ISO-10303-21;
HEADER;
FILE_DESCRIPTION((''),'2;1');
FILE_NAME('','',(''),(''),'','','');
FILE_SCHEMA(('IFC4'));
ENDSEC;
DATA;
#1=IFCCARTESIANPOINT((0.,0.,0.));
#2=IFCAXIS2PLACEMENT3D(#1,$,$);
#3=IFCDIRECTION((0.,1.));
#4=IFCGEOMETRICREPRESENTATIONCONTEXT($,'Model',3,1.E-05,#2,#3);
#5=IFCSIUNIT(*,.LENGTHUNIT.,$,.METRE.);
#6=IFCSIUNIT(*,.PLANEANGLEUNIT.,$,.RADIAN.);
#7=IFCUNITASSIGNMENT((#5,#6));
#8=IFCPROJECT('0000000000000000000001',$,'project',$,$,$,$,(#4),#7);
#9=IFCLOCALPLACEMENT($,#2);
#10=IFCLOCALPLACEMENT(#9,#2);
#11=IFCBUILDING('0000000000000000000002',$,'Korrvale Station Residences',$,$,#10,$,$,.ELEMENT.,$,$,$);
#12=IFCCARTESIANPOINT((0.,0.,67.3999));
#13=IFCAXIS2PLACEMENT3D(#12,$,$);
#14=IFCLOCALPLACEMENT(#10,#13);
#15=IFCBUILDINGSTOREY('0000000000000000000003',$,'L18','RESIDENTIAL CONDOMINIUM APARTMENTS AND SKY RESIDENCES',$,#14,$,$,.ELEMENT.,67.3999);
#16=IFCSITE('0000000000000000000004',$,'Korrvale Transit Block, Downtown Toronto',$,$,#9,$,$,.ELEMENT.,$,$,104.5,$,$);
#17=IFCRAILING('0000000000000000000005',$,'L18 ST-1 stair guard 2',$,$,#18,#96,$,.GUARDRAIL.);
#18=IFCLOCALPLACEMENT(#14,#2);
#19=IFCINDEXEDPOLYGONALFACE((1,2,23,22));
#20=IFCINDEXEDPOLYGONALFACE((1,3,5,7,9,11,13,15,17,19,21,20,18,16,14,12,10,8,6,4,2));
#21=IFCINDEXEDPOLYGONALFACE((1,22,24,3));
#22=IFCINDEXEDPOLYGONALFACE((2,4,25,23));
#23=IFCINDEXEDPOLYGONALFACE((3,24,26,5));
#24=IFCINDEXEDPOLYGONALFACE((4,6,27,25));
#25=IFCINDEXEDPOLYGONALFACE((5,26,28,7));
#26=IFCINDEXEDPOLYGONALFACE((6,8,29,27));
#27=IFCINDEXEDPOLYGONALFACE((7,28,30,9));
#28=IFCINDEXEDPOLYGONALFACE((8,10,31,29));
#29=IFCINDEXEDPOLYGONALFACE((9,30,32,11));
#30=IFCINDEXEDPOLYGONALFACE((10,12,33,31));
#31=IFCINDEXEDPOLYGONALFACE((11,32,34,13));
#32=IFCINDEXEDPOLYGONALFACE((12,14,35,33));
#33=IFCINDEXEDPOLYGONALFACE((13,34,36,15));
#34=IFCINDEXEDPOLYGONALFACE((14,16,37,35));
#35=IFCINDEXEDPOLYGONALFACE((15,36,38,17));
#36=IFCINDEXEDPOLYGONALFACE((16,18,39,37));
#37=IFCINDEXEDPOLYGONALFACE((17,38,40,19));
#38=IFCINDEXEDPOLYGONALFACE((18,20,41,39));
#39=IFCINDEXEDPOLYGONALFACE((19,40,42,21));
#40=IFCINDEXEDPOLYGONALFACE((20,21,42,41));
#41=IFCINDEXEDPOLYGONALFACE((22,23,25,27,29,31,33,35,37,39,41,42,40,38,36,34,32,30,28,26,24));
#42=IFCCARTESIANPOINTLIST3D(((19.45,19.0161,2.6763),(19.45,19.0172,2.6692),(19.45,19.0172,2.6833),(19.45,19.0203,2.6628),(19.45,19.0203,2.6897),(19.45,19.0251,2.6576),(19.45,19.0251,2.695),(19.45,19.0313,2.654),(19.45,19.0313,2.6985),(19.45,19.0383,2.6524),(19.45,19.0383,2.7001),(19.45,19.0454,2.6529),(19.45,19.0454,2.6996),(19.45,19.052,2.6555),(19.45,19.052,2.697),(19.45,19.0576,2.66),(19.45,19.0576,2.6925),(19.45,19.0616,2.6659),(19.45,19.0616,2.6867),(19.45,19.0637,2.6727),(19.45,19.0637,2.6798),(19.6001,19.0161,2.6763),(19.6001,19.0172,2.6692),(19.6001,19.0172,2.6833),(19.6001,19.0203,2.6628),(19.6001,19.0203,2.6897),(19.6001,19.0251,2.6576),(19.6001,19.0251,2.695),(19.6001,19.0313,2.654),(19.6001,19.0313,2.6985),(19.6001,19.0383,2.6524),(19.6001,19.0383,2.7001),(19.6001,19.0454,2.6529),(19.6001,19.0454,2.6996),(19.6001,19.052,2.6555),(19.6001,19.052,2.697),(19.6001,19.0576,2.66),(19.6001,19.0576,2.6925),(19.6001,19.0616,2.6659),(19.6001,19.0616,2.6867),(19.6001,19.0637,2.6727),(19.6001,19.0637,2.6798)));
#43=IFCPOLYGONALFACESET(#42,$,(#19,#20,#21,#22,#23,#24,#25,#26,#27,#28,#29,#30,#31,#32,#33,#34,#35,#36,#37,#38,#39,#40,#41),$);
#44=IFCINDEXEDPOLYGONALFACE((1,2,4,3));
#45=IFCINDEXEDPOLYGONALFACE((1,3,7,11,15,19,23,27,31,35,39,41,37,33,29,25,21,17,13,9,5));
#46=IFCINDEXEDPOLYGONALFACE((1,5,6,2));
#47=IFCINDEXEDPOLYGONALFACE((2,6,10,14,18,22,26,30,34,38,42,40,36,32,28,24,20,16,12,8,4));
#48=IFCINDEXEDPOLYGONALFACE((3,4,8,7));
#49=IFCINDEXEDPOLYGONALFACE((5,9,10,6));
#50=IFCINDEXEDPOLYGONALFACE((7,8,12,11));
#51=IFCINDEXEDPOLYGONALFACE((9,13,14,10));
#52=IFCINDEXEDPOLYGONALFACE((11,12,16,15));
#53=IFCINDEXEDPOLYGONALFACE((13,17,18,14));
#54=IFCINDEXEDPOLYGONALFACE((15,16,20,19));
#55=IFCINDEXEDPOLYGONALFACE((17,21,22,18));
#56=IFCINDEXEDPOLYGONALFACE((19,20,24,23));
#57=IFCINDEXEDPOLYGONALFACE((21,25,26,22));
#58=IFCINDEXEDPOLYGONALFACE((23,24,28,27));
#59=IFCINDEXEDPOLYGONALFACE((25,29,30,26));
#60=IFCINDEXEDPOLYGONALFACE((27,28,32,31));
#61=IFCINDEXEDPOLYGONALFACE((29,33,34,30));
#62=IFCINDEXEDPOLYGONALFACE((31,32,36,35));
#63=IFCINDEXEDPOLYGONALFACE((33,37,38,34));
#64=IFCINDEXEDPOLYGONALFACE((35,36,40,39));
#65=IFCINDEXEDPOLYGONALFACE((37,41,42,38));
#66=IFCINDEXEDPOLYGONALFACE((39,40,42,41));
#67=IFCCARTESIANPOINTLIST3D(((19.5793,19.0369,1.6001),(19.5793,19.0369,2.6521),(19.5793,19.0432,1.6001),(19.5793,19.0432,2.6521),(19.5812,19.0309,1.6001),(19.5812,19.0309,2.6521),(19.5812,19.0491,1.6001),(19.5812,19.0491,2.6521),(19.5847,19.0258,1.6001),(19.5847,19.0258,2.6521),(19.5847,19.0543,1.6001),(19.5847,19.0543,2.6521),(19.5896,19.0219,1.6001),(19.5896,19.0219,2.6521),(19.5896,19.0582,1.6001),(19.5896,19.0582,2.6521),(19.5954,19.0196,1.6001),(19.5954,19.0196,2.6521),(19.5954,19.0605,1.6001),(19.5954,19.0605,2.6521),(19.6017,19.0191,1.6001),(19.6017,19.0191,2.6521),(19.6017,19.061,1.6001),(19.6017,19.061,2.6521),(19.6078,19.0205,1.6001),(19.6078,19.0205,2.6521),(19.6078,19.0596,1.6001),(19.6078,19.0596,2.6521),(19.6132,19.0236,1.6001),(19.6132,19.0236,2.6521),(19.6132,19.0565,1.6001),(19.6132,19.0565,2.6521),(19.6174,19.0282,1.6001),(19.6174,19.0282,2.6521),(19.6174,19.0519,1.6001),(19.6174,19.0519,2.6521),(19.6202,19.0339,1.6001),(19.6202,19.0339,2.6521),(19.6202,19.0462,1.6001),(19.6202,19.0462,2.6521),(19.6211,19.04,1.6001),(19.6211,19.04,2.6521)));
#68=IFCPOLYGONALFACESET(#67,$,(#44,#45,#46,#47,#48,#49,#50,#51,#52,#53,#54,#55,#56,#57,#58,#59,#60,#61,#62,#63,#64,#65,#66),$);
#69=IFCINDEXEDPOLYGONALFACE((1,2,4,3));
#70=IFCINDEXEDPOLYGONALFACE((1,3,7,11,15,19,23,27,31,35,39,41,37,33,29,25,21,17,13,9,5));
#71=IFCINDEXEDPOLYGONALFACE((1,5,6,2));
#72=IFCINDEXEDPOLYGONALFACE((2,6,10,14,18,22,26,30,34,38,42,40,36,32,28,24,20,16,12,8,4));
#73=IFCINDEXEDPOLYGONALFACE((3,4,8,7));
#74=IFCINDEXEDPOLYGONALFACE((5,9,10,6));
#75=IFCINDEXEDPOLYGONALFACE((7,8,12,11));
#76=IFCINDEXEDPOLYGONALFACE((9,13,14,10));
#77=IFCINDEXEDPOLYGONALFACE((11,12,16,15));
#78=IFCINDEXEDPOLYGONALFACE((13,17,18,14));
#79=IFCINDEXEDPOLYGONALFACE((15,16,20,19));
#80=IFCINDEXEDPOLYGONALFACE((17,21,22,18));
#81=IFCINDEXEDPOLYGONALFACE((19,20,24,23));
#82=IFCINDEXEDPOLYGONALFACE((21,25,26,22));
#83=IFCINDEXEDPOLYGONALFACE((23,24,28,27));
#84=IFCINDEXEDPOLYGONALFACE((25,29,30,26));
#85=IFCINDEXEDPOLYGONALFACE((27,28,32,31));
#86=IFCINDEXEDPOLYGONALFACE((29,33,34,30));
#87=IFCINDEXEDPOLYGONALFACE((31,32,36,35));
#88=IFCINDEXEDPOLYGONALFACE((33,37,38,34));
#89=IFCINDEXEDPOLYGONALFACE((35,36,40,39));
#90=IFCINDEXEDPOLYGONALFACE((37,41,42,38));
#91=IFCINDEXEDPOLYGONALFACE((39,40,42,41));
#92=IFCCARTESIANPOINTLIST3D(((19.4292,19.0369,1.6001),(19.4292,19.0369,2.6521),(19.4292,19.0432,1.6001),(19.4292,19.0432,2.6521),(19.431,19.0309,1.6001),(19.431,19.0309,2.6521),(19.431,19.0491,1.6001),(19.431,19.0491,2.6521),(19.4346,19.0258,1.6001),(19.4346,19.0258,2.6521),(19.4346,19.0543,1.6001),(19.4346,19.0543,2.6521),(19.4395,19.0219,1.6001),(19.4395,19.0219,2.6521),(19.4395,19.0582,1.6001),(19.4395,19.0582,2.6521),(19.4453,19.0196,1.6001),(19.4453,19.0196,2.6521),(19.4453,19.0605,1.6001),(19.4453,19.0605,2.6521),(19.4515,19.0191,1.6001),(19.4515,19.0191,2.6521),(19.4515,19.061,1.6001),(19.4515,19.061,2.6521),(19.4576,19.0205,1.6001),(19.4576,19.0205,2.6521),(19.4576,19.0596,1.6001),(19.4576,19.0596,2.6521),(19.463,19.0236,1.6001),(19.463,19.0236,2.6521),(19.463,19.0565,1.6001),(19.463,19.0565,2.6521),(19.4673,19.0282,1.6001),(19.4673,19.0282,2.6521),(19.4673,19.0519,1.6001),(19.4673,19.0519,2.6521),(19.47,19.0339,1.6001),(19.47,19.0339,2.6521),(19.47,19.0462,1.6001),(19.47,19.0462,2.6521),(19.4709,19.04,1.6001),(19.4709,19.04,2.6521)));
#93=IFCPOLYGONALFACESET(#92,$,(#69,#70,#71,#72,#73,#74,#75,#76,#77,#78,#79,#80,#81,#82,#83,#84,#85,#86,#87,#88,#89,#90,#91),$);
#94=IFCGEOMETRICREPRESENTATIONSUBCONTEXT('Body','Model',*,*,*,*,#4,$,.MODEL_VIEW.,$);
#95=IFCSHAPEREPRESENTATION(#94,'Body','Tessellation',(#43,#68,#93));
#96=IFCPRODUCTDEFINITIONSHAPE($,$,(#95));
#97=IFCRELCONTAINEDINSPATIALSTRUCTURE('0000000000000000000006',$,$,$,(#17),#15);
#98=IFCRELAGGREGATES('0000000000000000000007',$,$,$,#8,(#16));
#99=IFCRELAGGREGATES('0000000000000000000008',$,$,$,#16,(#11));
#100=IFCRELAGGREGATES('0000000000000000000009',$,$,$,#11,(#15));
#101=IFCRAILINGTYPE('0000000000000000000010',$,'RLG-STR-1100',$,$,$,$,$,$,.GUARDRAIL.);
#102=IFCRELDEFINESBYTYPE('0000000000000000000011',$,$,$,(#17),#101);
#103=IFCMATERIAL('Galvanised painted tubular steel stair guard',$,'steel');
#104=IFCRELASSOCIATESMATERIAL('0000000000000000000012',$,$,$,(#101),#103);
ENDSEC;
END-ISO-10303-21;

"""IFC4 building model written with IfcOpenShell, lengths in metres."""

from ifc_helpers import new_model, si_unit, direction, frame, origin, origin_2d, place, context, subcontext, project, spatial, circle, extrude, material, type_object, element, save


model = new_model("IFC4")

# Units and contexts
model_context = context("Model", 3, precision=1e-05, world=origin(), true_north=direction((0.0, 1.0)))
body_context = subcontext(model_context, "Body", "Model", "MODEL_VIEW")
ifc_project = project(units=[si_unit("LENGTHUNIT", "METRE"), si_unit("PLANEANGLEUNIT", "RADIAN")], contexts=[model_context])

# Site, building, storey
site_placement = place(None, origin())
site = spatial("IfcSite", under=ifc_project, at=site_placement, Name="Korrvale Transit Block, Downtown Toronto", CompositionType="ELEMENT", RefElevation=104.5)
building_placement = place(site_placement, origin())
building = spatial("IfcBuilding", under=site, at=building_placement, Name="Korrvale Station Residences", CompositionType="ELEMENT")
storey_placement = place(building_placement, frame((0.0, 0.0, 67.3999)))
storey = spatial("IfcBuildingStorey", under=building, at=storey_placement, Name="L18", Description="RESIDENTIAL CONDOMINIUM APARTMENTS AND SKY RESIDENCES", CompositionType="ELEMENT", Elevation=67.3999)

# Railing
ifc_material_1 = material(Name="Galvanised painted tubular steel stair guard", Category="steel")
railing_type_1 = type_object("IfcRailingType", Name="RLG-STR-1100", PredefinedType="GUARDRAIL", material=ifc_material_1)
railing_1_placement = place(storey_placement, frame((19.6001, 19.04, 1.6001)))
element("IfcRailing", 1, at=railing_1_placement, inside=storey, type_object=railing_type_1, Name="L18 ST-1 stair guard 2", PredefinedType="GUARDRAIL", context=body_context, shape_type="SweptSolid", body=[
    extrude(circle(Radius=0.0239, at=origin_2d()), frame((0.0, 0.0, 1.0762), z_axis=(-1.0, 0.0, 0.0), x_axis=(0.0, -1.0, 0.0)), (0.0, 0.0, 1.0), 0.1501),
    extrude(circle(Radius=0.021, at=origin_2d()), origin(), (0.0, 0.0, 1.0), 1.052),
    extrude(circle(Radius=0.021, at=origin_2d()), frame((-0.1501, 0.0, 0.0)), (0.0, 0.0, 1.0), 1.052),
])

save(model, "model.ifc")
